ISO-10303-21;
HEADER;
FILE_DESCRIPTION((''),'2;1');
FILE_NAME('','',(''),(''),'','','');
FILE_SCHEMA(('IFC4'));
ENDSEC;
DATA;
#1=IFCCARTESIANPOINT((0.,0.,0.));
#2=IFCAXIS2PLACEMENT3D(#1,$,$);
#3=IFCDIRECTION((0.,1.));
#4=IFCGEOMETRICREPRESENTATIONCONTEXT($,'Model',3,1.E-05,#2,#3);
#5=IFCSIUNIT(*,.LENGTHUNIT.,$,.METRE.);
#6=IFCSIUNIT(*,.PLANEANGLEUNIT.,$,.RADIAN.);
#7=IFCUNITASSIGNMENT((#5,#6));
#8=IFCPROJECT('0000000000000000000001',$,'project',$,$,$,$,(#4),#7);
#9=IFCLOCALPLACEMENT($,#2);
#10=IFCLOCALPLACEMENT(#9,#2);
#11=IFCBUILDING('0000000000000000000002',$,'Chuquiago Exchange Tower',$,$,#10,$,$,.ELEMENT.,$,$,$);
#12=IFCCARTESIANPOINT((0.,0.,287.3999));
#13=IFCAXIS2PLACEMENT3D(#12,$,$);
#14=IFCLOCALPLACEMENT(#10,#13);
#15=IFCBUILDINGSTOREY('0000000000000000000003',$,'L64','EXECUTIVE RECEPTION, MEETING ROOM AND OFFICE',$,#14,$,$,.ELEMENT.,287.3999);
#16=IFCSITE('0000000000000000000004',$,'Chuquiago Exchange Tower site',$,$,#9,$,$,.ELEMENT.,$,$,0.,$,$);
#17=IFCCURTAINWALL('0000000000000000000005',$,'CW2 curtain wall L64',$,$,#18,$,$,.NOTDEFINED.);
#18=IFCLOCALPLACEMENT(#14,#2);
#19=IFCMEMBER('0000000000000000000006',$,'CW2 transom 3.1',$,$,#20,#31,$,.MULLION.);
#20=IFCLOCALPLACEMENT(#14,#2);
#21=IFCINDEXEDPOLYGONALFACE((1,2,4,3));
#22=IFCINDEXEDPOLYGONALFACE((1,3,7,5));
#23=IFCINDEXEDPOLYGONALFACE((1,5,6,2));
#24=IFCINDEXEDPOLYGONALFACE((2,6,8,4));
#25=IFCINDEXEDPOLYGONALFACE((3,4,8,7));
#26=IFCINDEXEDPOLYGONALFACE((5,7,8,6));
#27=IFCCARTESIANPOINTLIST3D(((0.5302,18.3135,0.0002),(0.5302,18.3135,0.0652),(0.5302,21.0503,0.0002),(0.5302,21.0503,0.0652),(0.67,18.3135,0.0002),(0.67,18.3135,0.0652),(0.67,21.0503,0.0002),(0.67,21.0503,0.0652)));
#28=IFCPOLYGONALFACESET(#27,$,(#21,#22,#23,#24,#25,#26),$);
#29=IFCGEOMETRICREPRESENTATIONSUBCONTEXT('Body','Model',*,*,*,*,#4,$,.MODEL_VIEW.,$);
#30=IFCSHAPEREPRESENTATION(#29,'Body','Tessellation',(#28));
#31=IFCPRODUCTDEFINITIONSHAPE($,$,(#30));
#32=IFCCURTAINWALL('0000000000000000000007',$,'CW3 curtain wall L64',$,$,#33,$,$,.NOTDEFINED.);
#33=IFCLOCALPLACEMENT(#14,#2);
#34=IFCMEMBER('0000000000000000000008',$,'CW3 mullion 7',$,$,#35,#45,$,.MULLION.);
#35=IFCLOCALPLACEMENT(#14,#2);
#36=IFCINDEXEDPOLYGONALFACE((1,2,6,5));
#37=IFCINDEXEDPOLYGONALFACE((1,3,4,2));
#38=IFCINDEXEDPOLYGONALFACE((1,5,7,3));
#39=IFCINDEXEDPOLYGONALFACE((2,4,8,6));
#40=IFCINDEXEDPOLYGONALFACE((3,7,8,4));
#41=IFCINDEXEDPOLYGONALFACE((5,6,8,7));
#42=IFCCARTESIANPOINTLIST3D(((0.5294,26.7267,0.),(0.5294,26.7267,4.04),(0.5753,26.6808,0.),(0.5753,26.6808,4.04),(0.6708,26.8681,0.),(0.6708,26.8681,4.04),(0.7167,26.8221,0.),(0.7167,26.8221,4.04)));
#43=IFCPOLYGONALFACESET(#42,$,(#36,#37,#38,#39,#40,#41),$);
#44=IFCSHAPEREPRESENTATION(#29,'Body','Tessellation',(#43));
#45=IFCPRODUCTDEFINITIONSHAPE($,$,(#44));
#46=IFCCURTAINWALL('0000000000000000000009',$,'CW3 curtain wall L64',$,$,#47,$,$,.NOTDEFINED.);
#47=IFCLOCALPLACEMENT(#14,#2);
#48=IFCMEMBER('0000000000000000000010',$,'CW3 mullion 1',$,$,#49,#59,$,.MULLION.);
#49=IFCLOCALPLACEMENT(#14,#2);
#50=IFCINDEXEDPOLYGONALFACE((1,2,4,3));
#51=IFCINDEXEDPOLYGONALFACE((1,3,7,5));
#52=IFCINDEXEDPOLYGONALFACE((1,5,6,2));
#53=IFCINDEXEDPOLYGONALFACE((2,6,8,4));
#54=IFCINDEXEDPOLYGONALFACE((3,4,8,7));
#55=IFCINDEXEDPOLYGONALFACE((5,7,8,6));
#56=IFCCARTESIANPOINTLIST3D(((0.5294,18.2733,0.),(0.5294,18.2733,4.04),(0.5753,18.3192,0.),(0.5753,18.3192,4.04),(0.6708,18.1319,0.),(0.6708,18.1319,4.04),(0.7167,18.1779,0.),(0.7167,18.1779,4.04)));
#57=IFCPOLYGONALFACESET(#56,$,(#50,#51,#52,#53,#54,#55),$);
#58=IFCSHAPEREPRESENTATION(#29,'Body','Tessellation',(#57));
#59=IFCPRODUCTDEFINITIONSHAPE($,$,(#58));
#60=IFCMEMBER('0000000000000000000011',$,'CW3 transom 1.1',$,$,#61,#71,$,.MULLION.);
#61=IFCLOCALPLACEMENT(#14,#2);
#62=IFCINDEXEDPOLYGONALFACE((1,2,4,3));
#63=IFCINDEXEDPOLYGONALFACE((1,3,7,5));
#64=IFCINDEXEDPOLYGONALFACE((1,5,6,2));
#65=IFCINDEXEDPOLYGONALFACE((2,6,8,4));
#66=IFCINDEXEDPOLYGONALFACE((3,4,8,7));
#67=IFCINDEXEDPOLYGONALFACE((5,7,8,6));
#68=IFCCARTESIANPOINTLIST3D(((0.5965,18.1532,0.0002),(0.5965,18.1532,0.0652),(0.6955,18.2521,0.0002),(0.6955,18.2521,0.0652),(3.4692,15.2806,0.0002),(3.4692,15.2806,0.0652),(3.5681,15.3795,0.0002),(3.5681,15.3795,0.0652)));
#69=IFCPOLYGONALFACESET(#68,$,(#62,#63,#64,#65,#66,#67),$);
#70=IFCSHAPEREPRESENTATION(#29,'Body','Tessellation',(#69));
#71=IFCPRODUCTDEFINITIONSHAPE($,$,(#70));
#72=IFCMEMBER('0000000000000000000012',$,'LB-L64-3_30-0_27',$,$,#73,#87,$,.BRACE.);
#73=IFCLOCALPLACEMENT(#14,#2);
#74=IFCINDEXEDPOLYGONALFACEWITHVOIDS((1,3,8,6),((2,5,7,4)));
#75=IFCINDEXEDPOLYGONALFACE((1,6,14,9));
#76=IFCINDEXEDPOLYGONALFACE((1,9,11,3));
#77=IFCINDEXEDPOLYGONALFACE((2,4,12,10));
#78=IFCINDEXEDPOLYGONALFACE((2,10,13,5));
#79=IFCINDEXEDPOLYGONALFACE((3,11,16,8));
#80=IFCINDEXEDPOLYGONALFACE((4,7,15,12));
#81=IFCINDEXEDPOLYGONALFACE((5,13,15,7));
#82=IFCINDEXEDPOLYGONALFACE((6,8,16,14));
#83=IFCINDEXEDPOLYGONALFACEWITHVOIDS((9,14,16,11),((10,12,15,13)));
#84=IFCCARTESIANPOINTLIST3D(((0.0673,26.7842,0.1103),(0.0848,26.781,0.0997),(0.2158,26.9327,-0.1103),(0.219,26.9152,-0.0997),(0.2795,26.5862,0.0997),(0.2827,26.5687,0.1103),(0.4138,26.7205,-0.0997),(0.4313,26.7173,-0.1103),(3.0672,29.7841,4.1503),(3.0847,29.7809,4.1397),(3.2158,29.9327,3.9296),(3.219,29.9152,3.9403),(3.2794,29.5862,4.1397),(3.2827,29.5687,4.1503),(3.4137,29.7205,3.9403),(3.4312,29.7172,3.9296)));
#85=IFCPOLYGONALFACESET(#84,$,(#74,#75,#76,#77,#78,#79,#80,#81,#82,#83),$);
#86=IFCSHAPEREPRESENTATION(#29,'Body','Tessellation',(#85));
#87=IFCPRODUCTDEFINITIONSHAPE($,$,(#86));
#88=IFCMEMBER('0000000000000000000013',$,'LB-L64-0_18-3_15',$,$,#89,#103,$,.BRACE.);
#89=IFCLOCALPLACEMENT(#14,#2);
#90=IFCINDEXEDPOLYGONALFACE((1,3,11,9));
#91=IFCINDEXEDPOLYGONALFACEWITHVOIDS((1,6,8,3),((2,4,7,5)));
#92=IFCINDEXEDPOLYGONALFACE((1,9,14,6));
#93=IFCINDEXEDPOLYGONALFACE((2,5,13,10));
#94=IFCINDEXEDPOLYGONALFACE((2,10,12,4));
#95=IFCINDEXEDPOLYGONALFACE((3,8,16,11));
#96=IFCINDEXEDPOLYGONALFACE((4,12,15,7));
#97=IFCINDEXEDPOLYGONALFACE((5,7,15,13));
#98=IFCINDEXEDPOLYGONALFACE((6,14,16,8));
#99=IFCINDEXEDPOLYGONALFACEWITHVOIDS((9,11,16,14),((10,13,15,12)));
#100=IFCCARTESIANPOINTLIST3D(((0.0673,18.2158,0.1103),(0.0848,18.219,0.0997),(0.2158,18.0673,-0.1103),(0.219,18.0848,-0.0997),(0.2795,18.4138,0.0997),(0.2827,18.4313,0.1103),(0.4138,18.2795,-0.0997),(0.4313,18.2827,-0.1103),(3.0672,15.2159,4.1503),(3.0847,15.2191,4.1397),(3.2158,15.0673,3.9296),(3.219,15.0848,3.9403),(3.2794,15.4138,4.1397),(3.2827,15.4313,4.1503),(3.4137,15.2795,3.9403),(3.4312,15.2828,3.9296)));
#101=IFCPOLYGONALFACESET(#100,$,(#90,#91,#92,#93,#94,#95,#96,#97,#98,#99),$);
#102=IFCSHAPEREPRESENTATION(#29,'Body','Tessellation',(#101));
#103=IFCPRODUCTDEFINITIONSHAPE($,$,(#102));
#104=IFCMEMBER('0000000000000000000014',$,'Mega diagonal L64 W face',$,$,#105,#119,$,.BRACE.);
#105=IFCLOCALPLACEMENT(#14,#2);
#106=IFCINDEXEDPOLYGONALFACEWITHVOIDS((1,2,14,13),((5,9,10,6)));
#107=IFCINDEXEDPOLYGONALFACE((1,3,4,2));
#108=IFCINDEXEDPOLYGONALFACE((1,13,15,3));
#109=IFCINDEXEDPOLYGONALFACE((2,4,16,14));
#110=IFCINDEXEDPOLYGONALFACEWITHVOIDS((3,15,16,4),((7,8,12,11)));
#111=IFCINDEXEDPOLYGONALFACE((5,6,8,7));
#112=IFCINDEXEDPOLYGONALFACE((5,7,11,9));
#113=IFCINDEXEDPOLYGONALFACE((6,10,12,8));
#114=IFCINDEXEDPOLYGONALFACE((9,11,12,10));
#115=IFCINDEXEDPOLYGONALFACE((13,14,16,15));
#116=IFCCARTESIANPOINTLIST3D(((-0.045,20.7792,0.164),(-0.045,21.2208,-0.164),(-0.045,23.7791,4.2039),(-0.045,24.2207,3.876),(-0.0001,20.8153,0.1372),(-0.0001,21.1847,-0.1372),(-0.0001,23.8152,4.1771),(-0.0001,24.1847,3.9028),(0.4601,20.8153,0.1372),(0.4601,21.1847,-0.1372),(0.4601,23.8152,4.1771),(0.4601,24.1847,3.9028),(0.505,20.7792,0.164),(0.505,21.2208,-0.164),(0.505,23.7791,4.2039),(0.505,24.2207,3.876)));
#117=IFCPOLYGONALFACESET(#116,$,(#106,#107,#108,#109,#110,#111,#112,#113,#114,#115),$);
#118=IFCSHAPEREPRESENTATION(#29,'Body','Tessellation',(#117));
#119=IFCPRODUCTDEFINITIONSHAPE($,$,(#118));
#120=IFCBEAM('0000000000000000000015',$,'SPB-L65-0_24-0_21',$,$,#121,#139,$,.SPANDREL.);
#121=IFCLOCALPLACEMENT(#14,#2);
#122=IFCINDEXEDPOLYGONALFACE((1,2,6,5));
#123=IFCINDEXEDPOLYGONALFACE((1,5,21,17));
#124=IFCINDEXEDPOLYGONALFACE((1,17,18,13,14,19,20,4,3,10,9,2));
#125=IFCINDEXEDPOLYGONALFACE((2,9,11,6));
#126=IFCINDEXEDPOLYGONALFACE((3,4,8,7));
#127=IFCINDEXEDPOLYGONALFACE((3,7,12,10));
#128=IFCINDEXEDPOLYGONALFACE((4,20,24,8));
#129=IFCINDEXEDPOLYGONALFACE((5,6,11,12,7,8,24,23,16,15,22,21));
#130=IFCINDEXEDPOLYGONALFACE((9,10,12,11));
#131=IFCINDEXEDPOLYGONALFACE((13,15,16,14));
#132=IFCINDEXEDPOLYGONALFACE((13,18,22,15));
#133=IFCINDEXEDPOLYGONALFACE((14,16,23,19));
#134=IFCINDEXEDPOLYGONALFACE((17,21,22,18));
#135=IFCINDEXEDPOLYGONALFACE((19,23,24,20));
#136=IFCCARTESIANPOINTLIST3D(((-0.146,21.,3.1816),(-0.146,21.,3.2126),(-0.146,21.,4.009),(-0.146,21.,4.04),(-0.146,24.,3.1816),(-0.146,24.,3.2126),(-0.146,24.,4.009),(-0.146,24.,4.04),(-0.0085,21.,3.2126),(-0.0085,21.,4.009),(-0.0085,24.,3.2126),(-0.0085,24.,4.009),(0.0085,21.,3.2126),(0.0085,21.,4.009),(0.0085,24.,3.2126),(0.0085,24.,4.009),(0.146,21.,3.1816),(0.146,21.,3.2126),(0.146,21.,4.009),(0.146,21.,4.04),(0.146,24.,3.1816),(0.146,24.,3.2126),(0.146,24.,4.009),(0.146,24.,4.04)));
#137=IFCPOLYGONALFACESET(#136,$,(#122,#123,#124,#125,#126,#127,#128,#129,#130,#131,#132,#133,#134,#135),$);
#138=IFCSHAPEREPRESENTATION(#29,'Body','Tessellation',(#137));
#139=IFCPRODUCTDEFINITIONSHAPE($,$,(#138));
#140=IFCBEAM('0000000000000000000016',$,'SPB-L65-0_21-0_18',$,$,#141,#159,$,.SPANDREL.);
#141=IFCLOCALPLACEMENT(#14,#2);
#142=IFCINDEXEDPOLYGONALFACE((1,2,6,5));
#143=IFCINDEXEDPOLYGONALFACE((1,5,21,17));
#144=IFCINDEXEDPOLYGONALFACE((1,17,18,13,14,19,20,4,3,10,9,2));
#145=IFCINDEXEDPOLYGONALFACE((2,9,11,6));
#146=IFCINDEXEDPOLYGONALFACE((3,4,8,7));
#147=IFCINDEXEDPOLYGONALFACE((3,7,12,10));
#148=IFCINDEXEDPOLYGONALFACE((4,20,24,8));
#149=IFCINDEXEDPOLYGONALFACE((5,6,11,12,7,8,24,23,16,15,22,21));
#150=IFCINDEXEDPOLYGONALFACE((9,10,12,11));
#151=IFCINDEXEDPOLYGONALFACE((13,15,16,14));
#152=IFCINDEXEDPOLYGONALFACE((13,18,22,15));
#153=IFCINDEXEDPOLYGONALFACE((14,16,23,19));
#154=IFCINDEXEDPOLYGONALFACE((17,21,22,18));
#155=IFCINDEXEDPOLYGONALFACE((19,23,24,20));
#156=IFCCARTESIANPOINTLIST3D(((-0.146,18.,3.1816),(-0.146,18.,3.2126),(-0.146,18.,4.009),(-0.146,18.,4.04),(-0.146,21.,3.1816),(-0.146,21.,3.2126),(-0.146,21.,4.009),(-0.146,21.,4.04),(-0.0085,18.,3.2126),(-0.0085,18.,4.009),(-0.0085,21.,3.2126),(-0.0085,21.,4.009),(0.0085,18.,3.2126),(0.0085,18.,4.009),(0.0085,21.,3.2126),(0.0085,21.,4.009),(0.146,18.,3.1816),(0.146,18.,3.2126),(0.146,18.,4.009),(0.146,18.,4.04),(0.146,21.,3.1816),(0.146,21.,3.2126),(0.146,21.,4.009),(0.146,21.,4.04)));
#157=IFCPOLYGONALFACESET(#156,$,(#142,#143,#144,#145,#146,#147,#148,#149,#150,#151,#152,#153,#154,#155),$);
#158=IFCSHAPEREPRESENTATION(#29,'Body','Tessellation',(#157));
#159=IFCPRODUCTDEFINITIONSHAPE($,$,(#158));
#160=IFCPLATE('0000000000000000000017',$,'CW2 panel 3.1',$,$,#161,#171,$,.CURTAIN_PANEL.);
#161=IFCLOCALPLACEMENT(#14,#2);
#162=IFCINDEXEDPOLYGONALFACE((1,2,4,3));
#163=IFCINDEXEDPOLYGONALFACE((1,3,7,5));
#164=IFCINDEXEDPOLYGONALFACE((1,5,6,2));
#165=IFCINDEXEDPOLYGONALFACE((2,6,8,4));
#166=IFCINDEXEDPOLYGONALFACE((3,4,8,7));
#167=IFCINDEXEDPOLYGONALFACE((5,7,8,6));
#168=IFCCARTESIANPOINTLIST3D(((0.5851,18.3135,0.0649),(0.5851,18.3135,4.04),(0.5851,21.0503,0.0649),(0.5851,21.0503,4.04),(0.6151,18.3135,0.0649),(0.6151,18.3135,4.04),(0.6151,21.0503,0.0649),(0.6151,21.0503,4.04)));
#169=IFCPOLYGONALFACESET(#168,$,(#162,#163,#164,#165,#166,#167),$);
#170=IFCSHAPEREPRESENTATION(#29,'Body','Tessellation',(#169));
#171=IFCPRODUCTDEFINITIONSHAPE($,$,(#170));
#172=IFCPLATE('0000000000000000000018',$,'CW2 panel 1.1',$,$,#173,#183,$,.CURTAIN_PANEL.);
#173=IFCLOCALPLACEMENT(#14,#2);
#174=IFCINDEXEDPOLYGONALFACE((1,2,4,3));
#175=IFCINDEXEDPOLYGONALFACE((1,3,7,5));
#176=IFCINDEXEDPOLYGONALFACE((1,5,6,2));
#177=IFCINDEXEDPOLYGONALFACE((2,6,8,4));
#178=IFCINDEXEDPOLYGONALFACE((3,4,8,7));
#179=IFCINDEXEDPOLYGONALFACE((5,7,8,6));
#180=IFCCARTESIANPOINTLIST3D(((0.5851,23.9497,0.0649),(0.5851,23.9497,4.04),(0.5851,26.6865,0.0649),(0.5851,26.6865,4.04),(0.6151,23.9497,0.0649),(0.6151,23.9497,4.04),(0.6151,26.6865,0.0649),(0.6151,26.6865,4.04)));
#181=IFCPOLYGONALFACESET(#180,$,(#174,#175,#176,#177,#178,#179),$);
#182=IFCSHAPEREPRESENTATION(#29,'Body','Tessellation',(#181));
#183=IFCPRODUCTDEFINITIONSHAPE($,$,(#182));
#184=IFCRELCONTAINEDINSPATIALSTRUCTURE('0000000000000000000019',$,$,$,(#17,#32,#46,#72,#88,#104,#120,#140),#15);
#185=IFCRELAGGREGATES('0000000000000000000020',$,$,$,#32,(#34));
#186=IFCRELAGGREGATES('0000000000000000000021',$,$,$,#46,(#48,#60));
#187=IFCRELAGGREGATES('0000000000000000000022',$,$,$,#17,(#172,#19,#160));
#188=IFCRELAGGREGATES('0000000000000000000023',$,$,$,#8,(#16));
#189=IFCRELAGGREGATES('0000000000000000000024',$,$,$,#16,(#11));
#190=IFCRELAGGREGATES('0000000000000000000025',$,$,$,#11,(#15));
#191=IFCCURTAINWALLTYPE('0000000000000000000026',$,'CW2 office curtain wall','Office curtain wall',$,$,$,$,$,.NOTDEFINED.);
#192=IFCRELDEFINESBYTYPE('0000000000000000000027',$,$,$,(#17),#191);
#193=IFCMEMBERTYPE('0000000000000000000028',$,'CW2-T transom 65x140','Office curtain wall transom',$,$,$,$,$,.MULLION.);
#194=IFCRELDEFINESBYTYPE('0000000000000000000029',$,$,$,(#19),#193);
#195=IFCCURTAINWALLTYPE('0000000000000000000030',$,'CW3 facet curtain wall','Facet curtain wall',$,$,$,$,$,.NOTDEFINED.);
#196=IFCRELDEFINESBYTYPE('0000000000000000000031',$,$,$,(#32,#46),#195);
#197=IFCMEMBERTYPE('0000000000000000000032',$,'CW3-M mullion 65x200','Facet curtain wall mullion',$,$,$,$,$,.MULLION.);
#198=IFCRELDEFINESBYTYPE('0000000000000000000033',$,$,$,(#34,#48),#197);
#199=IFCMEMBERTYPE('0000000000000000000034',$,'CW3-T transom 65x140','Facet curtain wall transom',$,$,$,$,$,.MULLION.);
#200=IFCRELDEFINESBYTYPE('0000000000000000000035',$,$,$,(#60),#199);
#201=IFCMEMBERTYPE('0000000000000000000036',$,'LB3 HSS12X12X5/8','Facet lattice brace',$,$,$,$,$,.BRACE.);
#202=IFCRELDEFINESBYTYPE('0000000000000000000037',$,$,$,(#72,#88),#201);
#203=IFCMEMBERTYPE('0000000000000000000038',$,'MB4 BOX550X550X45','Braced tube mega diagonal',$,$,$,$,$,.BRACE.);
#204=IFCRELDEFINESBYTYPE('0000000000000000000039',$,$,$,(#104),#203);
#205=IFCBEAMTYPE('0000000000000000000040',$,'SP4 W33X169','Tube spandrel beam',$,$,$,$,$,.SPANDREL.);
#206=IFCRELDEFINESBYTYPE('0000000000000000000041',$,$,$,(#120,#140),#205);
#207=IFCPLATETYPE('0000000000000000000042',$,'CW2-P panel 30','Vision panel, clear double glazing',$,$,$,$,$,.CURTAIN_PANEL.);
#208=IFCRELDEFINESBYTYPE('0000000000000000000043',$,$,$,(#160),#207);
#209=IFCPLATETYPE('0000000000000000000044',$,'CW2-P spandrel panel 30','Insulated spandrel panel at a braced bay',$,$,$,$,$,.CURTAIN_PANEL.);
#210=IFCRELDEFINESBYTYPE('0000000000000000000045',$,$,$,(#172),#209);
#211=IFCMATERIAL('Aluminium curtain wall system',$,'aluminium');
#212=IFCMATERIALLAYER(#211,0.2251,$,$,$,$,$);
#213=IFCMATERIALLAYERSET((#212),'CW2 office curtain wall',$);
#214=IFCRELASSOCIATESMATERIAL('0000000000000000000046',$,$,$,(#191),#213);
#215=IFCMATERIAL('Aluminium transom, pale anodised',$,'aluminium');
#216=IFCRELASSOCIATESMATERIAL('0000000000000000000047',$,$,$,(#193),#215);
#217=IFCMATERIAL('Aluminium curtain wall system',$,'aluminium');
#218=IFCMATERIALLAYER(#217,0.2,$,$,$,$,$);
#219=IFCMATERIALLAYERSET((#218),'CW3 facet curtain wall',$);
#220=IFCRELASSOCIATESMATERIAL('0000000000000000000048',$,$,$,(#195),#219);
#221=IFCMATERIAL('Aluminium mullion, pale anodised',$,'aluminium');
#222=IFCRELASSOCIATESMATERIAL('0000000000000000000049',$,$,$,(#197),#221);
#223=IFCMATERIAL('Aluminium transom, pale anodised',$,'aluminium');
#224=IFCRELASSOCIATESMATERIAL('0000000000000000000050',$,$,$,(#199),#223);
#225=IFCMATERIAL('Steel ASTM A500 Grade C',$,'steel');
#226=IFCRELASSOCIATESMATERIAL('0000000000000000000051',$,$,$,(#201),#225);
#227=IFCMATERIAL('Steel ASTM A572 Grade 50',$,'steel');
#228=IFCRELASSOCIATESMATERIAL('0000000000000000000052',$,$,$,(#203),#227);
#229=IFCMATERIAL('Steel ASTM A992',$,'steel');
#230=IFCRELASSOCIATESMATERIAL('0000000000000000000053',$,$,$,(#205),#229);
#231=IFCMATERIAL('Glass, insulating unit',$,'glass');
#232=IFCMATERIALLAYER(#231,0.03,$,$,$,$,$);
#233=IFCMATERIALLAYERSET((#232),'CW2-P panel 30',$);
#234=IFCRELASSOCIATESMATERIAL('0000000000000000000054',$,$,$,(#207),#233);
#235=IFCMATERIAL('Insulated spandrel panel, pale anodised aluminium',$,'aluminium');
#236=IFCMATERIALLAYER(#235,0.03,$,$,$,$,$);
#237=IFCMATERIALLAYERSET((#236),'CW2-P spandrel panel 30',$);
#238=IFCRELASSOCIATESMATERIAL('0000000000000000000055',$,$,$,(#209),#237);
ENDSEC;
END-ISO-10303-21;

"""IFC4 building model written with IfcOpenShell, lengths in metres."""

from ifc_helpers import new_model, si_unit, direction, frame, origin, origin_2d, place, context, subcontext, project, spatial, rectangle, hollow_rectangle, i_section, extrude, material, layer, layer_set, material_profile, profile_set, type_object, element, aggregate, save


model = new_model("IFC4")

# Units and contexts
model_context = context("Model", 3, precision=1e-05, world=origin(), true_north=direction((0.0, 1.0)))
body_context = subcontext(model_context, "Body", "Model", "MODEL_VIEW")
ifc_project = project(units=[si_unit("LENGTHUNIT", "METRE"), si_unit("PLANEANGLEUNIT", "RADIAN")], contexts=[model_context])

# Site, building, storey
site_placement = place(None, origin())
site = spatial("IfcSite", under=ifc_project, at=site_placement, Name="Chuquiago Exchange Tower site", CompositionType="ELEMENT", RefElevation=0.0)
building_placement = place(site_placement, origin())
building = spatial("IfcBuilding", under=site, at=building_placement, Name="Chuquiago Exchange Tower", CompositionType="ELEMENT")
storey_placement = place(building_placement, frame((0.0, 0.0, 287.3999)))
storey = spatial("IfcBuildingStorey", under=building, at=storey_placement, Name="L64", Description="EXECUTIVE RECEPTION, MEETING ROOM AND OFFICE", CompositionType="ELEMENT", Elevation=287.3999)

# Curtain wall, member
ifc_material_1 = material(Name="Aluminium curtain wall system", Category="aluminium")
ifc_layer_1 = layer(ifc_material_1, 0.2251)
ifc_layer_set_1 = layer_set([ifc_layer_1], Name="CW2 office curtain wall")
curtain_wall_type_1 = type_object("IfcCurtainWallType", Name="CW2 office curtain wall", Description="Office curtain wall", PredefinedType="NOTDEFINED", material=ifc_layer_set_1)
curtain_wall_1_placement = place(storey_placement, origin())
curtain_wall_1 = element("IfcCurtainWall", 1, at=curtain_wall_1_placement, inside=storey, type_object=curtain_wall_type_1, Name="CW2 curtain wall L64", PredefinedType="NOTDEFINED")
ifc_material_2 = material(Name="Aluminium transom, pale anodised", Category="aluminium")
ifc_material_profile_1 = material_profile(ifc_material_2, rectangle(XDim=0.1399, YDim=0.0649, at=origin_2d()), Name="AL 140x65")
ifc_profile_set_1 = profile_set([ifc_material_profile_1], Name="Aluminium transom, pale anodised")
member_type_1 = type_object("IfcMemberType", Name="CW2-T transom 65x140", Description="Office curtain wall transom", PredefinedType="MULLION", material=ifc_profile_set_1)
member_1_placement = place(storey_placement, frame((0.6001, 21.0503, 0.0327), z_axis=(0.0, -1.0, 0.0), x_axis=(1.0, 0.0, 0.0)))
member_1 = element("IfcMember", 2, at=member_1_placement, type_object=member_type_1, Name="CW2 transom 3.1", PredefinedType="MULLION", context=body_context, shape_type="SweptSolid", body=[
    extrude(rectangle(XDim=0.1399, YDim=0.0649, at=origin_2d()), origin(), (0.0, 0.0, 1.0), 2.7368),
])

# Curtain wall, member
ifc_material_3 = material(Name="Aluminium curtain wall system", Category="aluminium")
ifc_layer_2 = layer(ifc_material_3, 0.2)
ifc_layer_set_2 = layer_set([ifc_layer_2], Name="CW3 facet curtain wall")
curtain_wall_type_2 = type_object("IfcCurtainWallType", Name="CW3 facet curtain wall", Description="Facet curtain wall", PredefinedType="NOTDEFINED", material=ifc_layer_set_2)
curtain_wall_2_placement = place(storey_placement, origin())
curtain_wall_2 = element("IfcCurtainWall", 3, at=curtain_wall_2_placement, inside=storey, type_object=curtain_wall_type_2, Name="CW3 curtain wall L64", PredefinedType="NOTDEFINED")
ifc_material_4 = material(Name="Aluminium mullion, pale anodised", Category="aluminium")
ifc_material_profile_2 = material_profile(ifc_material_4, rectangle(XDim=0.0649, YDim=0.2, at=origin_2d()), Name="AL 65x200")
ifc_profile_set_2 = profile_set([ifc_material_profile_2], Name="Aluminium mullion, pale anodised")
member_type_2 = type_object("IfcMemberType", Name="CW3-M mullion 65x200", Description="Facet curtain wall mullion", PredefinedType="MULLION", material=ifc_profile_set_2)
member_2_placement = place(storey_placement, frame((0.623, 26.7744, 0.0), z_axis=(0.0, 0.0, 1.0), x_axis=(0.707107, -0.707107, 0.0)))
member_2 = element("IfcMember", 4, at=member_2_placement, type_object=member_type_2, Name="CW3 mullion 7", PredefinedType="MULLION", context=body_context, shape_type="SweptSolid", body=[
    extrude(rectangle(XDim=0.0649, YDim=0.2, at=origin_2d()), origin(), (0.0, 0.0, 1.0), 4.04),
])
aggregate(curtain_wall_2, [member_2])

# Curtain wall, members
curtain_wall_3_placement = place(storey_placement, origin())
curtain_wall_3 = element("IfcCurtainWall", 5, at=curtain_wall_3_placement, inside=storey, type_object=curtain_wall_type_2, Name="CW3 curtain wall L64", PredefinedType="NOTDEFINED")
member_3_placement = place(storey_placement, frame((0.623, 18.2256, 0.0), z_axis=(0.0, 0.0, 1.0), x_axis=(0.707107, 0.707107, 0.0)))
member_3 = element("IfcMember", 6, at=member_3_placement, type_object=member_type_2, Name="CW3 mullion 1", PredefinedType="MULLION", context=body_context, shape_type="SweptSolid", body=[
    extrude(rectangle(XDim=0.0649, YDim=0.2, at=origin_2d()), origin(), (0.0, 0.0, 1.0), 4.04),
])
ifc_material_5 = material(Name="Aluminium transom, pale anodised", Category="aluminium")
ifc_material_profile_3 = material_profile(ifc_material_5, rectangle(XDim=0.1399, YDim=0.0649, at=origin_2d()), Name="AL 140x65")
ifc_profile_set_3 = profile_set([ifc_material_profile_3], Name="Aluminium transom, pale anodised")
member_type_3 = type_object("IfcMemberType", Name="CW3-T transom 65x140", Description="Facet curtain wall transom", PredefinedType="MULLION", material=ifc_profile_set_3)
member_4_placement = place(storey_placement, frame((0.646, 18.2026, 0.0327), z_axis=(0.707107, -0.707107, 0.0), x_axis=(0.707107, 0.707107, 0.0)))
member_4 = element("IfcMember", 7, at=member_4_placement, type_object=member_type_3, Name="CW3 transom 1.1", PredefinedType="MULLION", context=body_context, shape_type="SweptSolid", body=[
    extrude(rectangle(XDim=0.1399, YDim=0.0649, at=origin_2d()), origin(), (0.0, 0.0, 1.0), 4.0625),
])
aggregate(curtain_wall_3, [member_3, member_4])

# Members
ifc_material_6 = material(Name="Steel ASTM A500 Grade C", Category="steel")
ifc_material_profile_4 = material_profile(ifc_material_6, hollow_rectangle(XDim=0.3047, YDim=0.3047, WallThickness=0.0146, at=origin_2d()), Name="HSS12X12X5/8")
ifc_profile_set_4 = profile_set([ifc_material_profile_4], Name="Steel ASTM A500 Grade C")
member_type_4 = type_object("IfcMemberType", Name="LB3 HSS12X12X5/8", Description="Facet lattice brace", PredefinedType="BRACE", material=ifc_profile_set_4)
for number, where, z_axis, x_axis, name in (
    (8, (0.2493, 26.7507, 0.0), (0.512077, 0.512077, 0.689604), (-0.707107, 0.707107, 0.0), "LB-L64-3_30-0_27"),
    (9, (0.2493, 18.2493, 0.0), (0.512077, -0.512077, 0.689604), (0.707107, 0.707107, 0.0), "LB-L64-0_18-3_15"),
):
    element("IfcMember", number, at=place(storey_placement, frame(where, z_axis=z_axis, x_axis=x_axis)), inside=storey, type_object=member_type_4, Name=name, PredefinedType="BRACE", context=body_context, shape_type="SweptSolid", body=[
        extrude(hollow_rectangle(XDim=0.3047, YDim=0.3047, WallThickness=0.0146, at=origin_2d()), origin(), (0.0, 0.0, 1.0), 5.8584),
    ])
ifc_material_7 = material(Name="Steel ASTM A572 Grade 50", Category="steel")
ifc_material_profile_5 = material_profile(ifc_material_7, hollow_rectangle(XDim=0.55, YDim=0.55, WallThickness=0.0449, at=origin_2d()), Name="BOX550X550X45")
ifc_profile_set_5 = profile_set([ifc_material_profile_5], Name="Steel ASTM A572 Grade 50")
member_type_5 = type_object("IfcMemberType", Name="MB4 BOX550X550X45", Description="Braced tube mega diagonal", PredefinedType="BRACE", material=ifc_profile_set_5)
member_5_placement = place(storey_placement, frame((0.23, 21.0, 0.0), z_axis=(0.0, 0.596174, 0.802855), x_axis=(-1.0, 0.0, 0.0)))
element("IfcMember", 10, at=member_5_placement, inside=storey, type_object=member_type_5, Name="Mega diagonal L64 W face", PredefinedType="BRACE", context=body_context, shape_type="SweptSolid", body=[
    extrude(hollow_rectangle(XDim=0.55, YDim=0.55, WallThickness=0.0449, at=origin_2d()), origin(), (0.0, 0.0, 1.0), 5.032),
])

# Beams
ifc_material_8 = material(Name="Steel ASTM A992", Category="steel")
ifc_material_profile_6 = material_profile(ifc_material_8, i_section(OverallWidth=0.292, OverallDepth=0.8584, WebThickness=0.0171, FlangeThickness=0.031, at=origin_2d()), Name="W33X169")
ifc_profile_set_6 = profile_set([ifc_material_profile_6], Name="Steel ASTM A992")
beam_type_1 = type_object("IfcBeamType", Name="SP4 W33X169", Description="Tube spandrel beam", PredefinedType="SPANDREL", material=ifc_profile_set_6)
for number, where, z_axis, x_axis, name in (
    (11, (0.0, 24.0, 3.6108), (0.0, -1.0, 0.0), (1.0, 0.0, 0.0), "SPB-L65-0_24-0_21"),
    (12, (0.0, 21.0, 3.6108), (0.0, -1.0, 0.0), (1.0, 0.0, 0.0), "SPB-L65-0_21-0_18"),
):
    element("IfcBeam", number, at=place(storey_placement, frame(where, z_axis=z_axis, x_axis=x_axis)), inside=storey, type_object=beam_type_1, Name=name, PredefinedType="SPANDREL", context=body_context, shape_type="SweptSolid", body=[
        extrude(i_section(OverallWidth=0.292, OverallDepth=0.8584, WebThickness=0.0171, FlangeThickness=0.031, at=origin_2d()), origin(), (0.0, 0.0, 1.0), 3.0),
    ])

# Plates
ifc_material_9 = material(Name="Glass, insulating unit", Category="glass")
ifc_layer_3 = layer(ifc_material_9, 0.03)
ifc_layer_set_3 = layer_set([ifc_layer_3], Name="CW2-P panel 30")
plate_type_1 = type_object("IfcPlateType", Name="CW2-P panel 30", Description="Vision panel, clear double glazing", PredefinedType="CURTAIN_PANEL", material=ifc_layer_set_3)
plate_1_placement = place(storey_placement, frame((0.6001, 19.6819, 0.0649), z_axis=(0.0, 0.0, 1.0), x_axis=(0.0, -1.0, 0.0)))
plate_1 = element("IfcPlate", 13, at=plate_1_placement, type_object=plate_type_1, Name="CW2 panel 3.1", PredefinedType="CURTAIN_PANEL", context=body_context, shape_type="SweptSolid", body=[
    extrude(rectangle(XDim=2.7368, YDim=0.03, at=origin_2d()), origin(), (0.0, 0.0, 1.0), 3.9751),
])
ifc_material_10 = material(Name="Insulated spandrel panel, pale anodised aluminium", Category="aluminium")
ifc_layer_4 = layer(ifc_material_10, 0.03)
ifc_layer_set_4 = layer_set([ifc_layer_4], Name="CW2-P spandrel panel 30")
plate_type_2 = type_object("IfcPlateType", Name="CW2-P spandrel panel 30", Description="Insulated spandrel panel at a braced bay", PredefinedType="CURTAIN_PANEL", material=ifc_layer_set_4)
plate_2_placement = place(storey_placement, frame((0.6001, 25.3181, 0.0649), z_axis=(0.0, 0.0, 1.0), x_axis=(0.0, -1.0, 0.0)))
plate_2 = element("IfcPlate", 14, at=plate_2_placement, type_object=plate_type_2, Name="CW2 panel 1.1", PredefinedType="CURTAIN_PANEL", context=body_context, shape_type="SweptSolid", body=[
    extrude(rectangle(XDim=2.7368, YDim=0.03, at=origin_2d()), origin(), (0.0, 0.0, 1.0), 3.9751),
])
aggregate(curtain_wall_1, [plate_2, member_1, plate_1])

save(model, "model.ifc")
